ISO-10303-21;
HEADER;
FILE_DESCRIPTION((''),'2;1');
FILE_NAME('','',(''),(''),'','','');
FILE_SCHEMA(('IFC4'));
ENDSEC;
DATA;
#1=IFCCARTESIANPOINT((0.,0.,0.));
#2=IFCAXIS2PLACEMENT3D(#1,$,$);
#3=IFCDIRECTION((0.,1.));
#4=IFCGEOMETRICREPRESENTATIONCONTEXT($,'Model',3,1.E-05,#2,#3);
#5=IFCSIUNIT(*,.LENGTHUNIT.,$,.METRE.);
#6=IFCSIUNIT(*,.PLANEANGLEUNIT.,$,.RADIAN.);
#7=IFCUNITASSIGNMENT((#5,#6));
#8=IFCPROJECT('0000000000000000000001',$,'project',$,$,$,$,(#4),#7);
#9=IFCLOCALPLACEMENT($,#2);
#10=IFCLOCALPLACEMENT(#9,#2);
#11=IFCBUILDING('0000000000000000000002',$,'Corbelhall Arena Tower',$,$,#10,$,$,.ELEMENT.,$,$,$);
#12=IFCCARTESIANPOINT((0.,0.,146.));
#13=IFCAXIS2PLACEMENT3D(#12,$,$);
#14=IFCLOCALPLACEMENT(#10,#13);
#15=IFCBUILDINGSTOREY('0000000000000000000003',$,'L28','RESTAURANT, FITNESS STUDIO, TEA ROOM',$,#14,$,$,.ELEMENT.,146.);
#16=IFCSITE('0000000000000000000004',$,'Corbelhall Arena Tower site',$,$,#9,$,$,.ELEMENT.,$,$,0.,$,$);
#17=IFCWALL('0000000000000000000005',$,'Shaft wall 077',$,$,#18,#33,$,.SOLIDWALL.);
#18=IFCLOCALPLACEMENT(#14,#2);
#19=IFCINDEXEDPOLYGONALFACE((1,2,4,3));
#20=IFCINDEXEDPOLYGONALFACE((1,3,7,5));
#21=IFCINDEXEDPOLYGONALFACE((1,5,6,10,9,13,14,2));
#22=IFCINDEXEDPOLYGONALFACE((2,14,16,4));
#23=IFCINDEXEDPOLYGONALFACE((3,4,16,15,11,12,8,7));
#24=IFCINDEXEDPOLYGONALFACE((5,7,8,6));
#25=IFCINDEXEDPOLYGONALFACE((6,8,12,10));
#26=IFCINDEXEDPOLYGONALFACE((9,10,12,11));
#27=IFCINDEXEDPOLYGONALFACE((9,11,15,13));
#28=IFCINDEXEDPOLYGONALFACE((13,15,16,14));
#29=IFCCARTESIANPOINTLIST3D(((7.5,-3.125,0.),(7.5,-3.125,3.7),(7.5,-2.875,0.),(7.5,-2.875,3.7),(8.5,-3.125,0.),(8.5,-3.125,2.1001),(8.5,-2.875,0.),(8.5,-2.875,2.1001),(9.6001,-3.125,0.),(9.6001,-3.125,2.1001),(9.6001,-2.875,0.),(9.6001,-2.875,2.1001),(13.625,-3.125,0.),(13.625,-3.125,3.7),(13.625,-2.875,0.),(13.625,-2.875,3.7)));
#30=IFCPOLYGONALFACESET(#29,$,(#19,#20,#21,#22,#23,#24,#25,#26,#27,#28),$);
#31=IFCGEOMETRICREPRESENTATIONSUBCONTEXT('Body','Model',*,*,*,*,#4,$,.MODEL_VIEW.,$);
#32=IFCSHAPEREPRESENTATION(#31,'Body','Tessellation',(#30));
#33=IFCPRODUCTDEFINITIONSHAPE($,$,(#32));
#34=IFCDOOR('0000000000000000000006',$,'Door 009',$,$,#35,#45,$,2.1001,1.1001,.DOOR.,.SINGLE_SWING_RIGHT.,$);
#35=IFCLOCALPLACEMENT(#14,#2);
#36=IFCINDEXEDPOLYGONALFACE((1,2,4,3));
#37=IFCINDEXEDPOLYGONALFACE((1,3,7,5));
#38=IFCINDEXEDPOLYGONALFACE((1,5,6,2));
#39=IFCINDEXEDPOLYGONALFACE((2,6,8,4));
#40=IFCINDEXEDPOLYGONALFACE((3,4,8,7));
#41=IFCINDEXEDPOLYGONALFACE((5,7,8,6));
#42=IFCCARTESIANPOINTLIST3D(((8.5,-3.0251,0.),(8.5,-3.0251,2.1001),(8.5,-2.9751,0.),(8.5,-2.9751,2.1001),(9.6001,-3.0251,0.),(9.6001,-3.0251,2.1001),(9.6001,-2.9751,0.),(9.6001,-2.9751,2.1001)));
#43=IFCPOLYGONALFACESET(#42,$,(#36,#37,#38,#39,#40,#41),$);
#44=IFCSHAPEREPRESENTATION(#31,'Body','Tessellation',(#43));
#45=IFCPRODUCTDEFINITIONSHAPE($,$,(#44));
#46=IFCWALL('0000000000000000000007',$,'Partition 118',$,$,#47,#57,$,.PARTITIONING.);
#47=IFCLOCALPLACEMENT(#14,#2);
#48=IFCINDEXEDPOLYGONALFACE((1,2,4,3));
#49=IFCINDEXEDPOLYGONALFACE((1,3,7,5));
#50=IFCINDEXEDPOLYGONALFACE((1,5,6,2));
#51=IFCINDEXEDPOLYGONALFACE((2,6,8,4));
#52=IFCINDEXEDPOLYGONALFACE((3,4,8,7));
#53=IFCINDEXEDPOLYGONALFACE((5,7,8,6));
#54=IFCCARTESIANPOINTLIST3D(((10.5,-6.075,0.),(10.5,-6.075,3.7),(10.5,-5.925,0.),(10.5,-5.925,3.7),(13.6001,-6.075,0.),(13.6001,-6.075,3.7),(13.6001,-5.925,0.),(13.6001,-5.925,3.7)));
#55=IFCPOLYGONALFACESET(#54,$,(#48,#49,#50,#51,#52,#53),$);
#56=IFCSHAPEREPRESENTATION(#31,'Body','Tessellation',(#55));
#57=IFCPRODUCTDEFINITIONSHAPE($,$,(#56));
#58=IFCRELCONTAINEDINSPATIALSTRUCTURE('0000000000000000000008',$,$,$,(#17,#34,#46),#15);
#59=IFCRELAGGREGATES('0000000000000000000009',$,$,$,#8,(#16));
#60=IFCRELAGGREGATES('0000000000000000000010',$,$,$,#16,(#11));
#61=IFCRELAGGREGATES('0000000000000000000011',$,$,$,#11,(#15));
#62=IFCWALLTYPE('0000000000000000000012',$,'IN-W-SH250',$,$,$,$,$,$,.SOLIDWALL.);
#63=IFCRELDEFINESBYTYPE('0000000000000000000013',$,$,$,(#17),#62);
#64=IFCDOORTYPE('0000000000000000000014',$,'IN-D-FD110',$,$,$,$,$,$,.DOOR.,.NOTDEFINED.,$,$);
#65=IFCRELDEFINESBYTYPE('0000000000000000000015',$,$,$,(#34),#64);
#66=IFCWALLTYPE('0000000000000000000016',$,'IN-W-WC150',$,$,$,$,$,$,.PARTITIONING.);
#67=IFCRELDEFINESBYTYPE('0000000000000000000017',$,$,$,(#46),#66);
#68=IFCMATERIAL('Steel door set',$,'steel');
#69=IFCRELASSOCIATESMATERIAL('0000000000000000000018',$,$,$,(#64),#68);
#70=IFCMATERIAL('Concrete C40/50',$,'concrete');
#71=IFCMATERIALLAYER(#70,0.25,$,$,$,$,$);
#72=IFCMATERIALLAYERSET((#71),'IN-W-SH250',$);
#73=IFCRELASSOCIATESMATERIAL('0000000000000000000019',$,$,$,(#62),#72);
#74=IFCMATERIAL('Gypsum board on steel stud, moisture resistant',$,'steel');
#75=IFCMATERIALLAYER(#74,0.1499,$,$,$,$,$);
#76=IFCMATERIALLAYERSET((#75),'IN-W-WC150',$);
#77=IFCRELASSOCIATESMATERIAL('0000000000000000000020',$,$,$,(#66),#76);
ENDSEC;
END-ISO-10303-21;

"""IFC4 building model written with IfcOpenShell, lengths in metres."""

from ifc_helpers import new_model, si_unit, direction, frame, frame_2d, origin, place, context, subcontext, project, spatial, rectangle, extrude, material, layer, layer_set, type_object, element, fill, save


model = new_model("IFC4")

# Units and contexts
model_context = context("Model", 3, precision=1e-05, world=origin(), true_north=direction((0.0, 1.0)))
body_context = subcontext(model_context, "Body", "Model", "MODEL_VIEW")
ifc_project = project(units=[si_unit("LENGTHUNIT", "METRE"), si_unit("PLANEANGLEUNIT", "RADIAN")], contexts=[model_context])

# Site, building, storey
site_placement = place(None, origin())
site = spatial("IfcSite", under=ifc_project, at=site_placement, Name="Corbelhall Arena Tower site", CompositionType="ELEMENT", RefElevation=0.0)
building_placement = place(site_placement, origin())
building = spatial("IfcBuilding", under=site, at=building_placement, Name="Corbelhall Arena Tower", CompositionType="ELEMENT")
storey_placement = place(building_placement, frame((0.0, 0.0, 146.0)))
storey = spatial("IfcBuildingStorey", under=building, at=storey_placement, Name="L28", Description="RESTAURANT, FITNESS STUDIO, TEA ROOM", CompositionType="ELEMENT", Elevation=146.0)

# Shared definitions
ifc_material_1 = material(Name="Concrete C40/50", Category="concrete")

# Shared definitions
ifc_material_2 = material(Name="Steel door set", Category="steel")
door_type = type_object("IfcDoorType", Name="IN-D-FD110", OperationType="NOTDEFINED", PredefinedType="DOOR", material=ifc_material_2)

# Wall, opening, door
ifc_layer_1 = layer(ifc_material_1, 0.25)
ifc_layer_set_1 = layer_set([ifc_layer_1], Name="IN-W-SH250")
wall_type_1 = type_object("IfcWallType", Name="IN-W-SH250", PredefinedType="SOLIDWALL", material=ifc_layer_set_1)
wall_1_placement = place(storey_placement, frame((7.5, -3.0, 0.0), z_axis=(0.0, 0.0, 1.0), x_axis=(1.0, 0.0, 0.0)))
wall_1 = element("IfcWall", 1, at=wall_1_placement, inside=storey, type_object=wall_type_1, Name="Shaft wall 077", PredefinedType="SOLIDWALL", context=body_context, shape_type="SweptSolid", body=[
    extrude(rectangle(XDim=6.125, YDim=0.25, at=frame_2d((3.0625, 0.0))), origin(), (0.0, 0.0, 1.0), 3.7),
])
opening_1_placement = place(wall_1_placement, frame((1.0, 0.0, 0.0)))
opening_1 = element("IfcOpeningElement", 2, at=opening_1_placement, cuts=wall_1, PredefinedType="OPENING", context=body_context, shape_type="SweptSolid", body=[
    extrude(rectangle(XDim=1.1001, YDim=2.1001, at=frame_2d((0.55, 1.05))), frame((0.0, 0.125, 0.0), z_axis=(0.0, -1.0, 0.0), x_axis=(1.0, 0.0, 0.0)), (0.0, 0.0, 1.0), 0.25),
])
door_1_placement = place(opening_1_placement, origin())
door_1 = element("IfcDoor", 3, at=door_1_placement, inside=storey, type_object=door_type, Name="Door 009", OperationType="SINGLE_SWING_RIGHT", OverallHeight=2.1001, OverallWidth=1.1001, PredefinedType="DOOR", context=body_context, shape_type="SweptSolid", body=[
    extrude(rectangle(XDim=1.1001, YDim=2.1001, at=frame_2d((0.55, 1.05))), frame((0.0, 0.0249, 0.0), z_axis=(0.0, -1.0, 0.0), x_axis=(1.0, 0.0, 0.0)), (0.0, 0.0, 1.0), 0.05),
])
fill(opening_1, door_1)

# Wall
ifc_material_3 = material(Name="Gypsum board on steel stud, moisture resistant", Category="steel")
ifc_layer_2 = layer(ifc_material_3, 0.1499)
ifc_layer_set_2 = layer_set([ifc_layer_2], Name="IN-W-WC150")
wall_type_2 = type_object("IfcWallType", Name="IN-W-WC150", PredefinedType="PARTITIONING", material=ifc_layer_set_2)
wall_2_placement = place(storey_placement, frame((10.5, -6.0, 0.0), z_axis=(0.0, 0.0, 1.0), x_axis=(1.0, 0.0, 0.0)))
element("IfcWall", 4, at=wall_2_placement, inside=storey, type_object=wall_type_2, Name="Partition 118", PredefinedType="PARTITIONING", context=body_context, shape_type="SweptSolid", body=[
    extrude(rectangle(XDim=3.1001, YDim=0.1499, at=frame_2d((1.55, 0.0))), origin(), (0.0, 0.0, 1.0), 3.7),
])

save(model, "model.ifc")
